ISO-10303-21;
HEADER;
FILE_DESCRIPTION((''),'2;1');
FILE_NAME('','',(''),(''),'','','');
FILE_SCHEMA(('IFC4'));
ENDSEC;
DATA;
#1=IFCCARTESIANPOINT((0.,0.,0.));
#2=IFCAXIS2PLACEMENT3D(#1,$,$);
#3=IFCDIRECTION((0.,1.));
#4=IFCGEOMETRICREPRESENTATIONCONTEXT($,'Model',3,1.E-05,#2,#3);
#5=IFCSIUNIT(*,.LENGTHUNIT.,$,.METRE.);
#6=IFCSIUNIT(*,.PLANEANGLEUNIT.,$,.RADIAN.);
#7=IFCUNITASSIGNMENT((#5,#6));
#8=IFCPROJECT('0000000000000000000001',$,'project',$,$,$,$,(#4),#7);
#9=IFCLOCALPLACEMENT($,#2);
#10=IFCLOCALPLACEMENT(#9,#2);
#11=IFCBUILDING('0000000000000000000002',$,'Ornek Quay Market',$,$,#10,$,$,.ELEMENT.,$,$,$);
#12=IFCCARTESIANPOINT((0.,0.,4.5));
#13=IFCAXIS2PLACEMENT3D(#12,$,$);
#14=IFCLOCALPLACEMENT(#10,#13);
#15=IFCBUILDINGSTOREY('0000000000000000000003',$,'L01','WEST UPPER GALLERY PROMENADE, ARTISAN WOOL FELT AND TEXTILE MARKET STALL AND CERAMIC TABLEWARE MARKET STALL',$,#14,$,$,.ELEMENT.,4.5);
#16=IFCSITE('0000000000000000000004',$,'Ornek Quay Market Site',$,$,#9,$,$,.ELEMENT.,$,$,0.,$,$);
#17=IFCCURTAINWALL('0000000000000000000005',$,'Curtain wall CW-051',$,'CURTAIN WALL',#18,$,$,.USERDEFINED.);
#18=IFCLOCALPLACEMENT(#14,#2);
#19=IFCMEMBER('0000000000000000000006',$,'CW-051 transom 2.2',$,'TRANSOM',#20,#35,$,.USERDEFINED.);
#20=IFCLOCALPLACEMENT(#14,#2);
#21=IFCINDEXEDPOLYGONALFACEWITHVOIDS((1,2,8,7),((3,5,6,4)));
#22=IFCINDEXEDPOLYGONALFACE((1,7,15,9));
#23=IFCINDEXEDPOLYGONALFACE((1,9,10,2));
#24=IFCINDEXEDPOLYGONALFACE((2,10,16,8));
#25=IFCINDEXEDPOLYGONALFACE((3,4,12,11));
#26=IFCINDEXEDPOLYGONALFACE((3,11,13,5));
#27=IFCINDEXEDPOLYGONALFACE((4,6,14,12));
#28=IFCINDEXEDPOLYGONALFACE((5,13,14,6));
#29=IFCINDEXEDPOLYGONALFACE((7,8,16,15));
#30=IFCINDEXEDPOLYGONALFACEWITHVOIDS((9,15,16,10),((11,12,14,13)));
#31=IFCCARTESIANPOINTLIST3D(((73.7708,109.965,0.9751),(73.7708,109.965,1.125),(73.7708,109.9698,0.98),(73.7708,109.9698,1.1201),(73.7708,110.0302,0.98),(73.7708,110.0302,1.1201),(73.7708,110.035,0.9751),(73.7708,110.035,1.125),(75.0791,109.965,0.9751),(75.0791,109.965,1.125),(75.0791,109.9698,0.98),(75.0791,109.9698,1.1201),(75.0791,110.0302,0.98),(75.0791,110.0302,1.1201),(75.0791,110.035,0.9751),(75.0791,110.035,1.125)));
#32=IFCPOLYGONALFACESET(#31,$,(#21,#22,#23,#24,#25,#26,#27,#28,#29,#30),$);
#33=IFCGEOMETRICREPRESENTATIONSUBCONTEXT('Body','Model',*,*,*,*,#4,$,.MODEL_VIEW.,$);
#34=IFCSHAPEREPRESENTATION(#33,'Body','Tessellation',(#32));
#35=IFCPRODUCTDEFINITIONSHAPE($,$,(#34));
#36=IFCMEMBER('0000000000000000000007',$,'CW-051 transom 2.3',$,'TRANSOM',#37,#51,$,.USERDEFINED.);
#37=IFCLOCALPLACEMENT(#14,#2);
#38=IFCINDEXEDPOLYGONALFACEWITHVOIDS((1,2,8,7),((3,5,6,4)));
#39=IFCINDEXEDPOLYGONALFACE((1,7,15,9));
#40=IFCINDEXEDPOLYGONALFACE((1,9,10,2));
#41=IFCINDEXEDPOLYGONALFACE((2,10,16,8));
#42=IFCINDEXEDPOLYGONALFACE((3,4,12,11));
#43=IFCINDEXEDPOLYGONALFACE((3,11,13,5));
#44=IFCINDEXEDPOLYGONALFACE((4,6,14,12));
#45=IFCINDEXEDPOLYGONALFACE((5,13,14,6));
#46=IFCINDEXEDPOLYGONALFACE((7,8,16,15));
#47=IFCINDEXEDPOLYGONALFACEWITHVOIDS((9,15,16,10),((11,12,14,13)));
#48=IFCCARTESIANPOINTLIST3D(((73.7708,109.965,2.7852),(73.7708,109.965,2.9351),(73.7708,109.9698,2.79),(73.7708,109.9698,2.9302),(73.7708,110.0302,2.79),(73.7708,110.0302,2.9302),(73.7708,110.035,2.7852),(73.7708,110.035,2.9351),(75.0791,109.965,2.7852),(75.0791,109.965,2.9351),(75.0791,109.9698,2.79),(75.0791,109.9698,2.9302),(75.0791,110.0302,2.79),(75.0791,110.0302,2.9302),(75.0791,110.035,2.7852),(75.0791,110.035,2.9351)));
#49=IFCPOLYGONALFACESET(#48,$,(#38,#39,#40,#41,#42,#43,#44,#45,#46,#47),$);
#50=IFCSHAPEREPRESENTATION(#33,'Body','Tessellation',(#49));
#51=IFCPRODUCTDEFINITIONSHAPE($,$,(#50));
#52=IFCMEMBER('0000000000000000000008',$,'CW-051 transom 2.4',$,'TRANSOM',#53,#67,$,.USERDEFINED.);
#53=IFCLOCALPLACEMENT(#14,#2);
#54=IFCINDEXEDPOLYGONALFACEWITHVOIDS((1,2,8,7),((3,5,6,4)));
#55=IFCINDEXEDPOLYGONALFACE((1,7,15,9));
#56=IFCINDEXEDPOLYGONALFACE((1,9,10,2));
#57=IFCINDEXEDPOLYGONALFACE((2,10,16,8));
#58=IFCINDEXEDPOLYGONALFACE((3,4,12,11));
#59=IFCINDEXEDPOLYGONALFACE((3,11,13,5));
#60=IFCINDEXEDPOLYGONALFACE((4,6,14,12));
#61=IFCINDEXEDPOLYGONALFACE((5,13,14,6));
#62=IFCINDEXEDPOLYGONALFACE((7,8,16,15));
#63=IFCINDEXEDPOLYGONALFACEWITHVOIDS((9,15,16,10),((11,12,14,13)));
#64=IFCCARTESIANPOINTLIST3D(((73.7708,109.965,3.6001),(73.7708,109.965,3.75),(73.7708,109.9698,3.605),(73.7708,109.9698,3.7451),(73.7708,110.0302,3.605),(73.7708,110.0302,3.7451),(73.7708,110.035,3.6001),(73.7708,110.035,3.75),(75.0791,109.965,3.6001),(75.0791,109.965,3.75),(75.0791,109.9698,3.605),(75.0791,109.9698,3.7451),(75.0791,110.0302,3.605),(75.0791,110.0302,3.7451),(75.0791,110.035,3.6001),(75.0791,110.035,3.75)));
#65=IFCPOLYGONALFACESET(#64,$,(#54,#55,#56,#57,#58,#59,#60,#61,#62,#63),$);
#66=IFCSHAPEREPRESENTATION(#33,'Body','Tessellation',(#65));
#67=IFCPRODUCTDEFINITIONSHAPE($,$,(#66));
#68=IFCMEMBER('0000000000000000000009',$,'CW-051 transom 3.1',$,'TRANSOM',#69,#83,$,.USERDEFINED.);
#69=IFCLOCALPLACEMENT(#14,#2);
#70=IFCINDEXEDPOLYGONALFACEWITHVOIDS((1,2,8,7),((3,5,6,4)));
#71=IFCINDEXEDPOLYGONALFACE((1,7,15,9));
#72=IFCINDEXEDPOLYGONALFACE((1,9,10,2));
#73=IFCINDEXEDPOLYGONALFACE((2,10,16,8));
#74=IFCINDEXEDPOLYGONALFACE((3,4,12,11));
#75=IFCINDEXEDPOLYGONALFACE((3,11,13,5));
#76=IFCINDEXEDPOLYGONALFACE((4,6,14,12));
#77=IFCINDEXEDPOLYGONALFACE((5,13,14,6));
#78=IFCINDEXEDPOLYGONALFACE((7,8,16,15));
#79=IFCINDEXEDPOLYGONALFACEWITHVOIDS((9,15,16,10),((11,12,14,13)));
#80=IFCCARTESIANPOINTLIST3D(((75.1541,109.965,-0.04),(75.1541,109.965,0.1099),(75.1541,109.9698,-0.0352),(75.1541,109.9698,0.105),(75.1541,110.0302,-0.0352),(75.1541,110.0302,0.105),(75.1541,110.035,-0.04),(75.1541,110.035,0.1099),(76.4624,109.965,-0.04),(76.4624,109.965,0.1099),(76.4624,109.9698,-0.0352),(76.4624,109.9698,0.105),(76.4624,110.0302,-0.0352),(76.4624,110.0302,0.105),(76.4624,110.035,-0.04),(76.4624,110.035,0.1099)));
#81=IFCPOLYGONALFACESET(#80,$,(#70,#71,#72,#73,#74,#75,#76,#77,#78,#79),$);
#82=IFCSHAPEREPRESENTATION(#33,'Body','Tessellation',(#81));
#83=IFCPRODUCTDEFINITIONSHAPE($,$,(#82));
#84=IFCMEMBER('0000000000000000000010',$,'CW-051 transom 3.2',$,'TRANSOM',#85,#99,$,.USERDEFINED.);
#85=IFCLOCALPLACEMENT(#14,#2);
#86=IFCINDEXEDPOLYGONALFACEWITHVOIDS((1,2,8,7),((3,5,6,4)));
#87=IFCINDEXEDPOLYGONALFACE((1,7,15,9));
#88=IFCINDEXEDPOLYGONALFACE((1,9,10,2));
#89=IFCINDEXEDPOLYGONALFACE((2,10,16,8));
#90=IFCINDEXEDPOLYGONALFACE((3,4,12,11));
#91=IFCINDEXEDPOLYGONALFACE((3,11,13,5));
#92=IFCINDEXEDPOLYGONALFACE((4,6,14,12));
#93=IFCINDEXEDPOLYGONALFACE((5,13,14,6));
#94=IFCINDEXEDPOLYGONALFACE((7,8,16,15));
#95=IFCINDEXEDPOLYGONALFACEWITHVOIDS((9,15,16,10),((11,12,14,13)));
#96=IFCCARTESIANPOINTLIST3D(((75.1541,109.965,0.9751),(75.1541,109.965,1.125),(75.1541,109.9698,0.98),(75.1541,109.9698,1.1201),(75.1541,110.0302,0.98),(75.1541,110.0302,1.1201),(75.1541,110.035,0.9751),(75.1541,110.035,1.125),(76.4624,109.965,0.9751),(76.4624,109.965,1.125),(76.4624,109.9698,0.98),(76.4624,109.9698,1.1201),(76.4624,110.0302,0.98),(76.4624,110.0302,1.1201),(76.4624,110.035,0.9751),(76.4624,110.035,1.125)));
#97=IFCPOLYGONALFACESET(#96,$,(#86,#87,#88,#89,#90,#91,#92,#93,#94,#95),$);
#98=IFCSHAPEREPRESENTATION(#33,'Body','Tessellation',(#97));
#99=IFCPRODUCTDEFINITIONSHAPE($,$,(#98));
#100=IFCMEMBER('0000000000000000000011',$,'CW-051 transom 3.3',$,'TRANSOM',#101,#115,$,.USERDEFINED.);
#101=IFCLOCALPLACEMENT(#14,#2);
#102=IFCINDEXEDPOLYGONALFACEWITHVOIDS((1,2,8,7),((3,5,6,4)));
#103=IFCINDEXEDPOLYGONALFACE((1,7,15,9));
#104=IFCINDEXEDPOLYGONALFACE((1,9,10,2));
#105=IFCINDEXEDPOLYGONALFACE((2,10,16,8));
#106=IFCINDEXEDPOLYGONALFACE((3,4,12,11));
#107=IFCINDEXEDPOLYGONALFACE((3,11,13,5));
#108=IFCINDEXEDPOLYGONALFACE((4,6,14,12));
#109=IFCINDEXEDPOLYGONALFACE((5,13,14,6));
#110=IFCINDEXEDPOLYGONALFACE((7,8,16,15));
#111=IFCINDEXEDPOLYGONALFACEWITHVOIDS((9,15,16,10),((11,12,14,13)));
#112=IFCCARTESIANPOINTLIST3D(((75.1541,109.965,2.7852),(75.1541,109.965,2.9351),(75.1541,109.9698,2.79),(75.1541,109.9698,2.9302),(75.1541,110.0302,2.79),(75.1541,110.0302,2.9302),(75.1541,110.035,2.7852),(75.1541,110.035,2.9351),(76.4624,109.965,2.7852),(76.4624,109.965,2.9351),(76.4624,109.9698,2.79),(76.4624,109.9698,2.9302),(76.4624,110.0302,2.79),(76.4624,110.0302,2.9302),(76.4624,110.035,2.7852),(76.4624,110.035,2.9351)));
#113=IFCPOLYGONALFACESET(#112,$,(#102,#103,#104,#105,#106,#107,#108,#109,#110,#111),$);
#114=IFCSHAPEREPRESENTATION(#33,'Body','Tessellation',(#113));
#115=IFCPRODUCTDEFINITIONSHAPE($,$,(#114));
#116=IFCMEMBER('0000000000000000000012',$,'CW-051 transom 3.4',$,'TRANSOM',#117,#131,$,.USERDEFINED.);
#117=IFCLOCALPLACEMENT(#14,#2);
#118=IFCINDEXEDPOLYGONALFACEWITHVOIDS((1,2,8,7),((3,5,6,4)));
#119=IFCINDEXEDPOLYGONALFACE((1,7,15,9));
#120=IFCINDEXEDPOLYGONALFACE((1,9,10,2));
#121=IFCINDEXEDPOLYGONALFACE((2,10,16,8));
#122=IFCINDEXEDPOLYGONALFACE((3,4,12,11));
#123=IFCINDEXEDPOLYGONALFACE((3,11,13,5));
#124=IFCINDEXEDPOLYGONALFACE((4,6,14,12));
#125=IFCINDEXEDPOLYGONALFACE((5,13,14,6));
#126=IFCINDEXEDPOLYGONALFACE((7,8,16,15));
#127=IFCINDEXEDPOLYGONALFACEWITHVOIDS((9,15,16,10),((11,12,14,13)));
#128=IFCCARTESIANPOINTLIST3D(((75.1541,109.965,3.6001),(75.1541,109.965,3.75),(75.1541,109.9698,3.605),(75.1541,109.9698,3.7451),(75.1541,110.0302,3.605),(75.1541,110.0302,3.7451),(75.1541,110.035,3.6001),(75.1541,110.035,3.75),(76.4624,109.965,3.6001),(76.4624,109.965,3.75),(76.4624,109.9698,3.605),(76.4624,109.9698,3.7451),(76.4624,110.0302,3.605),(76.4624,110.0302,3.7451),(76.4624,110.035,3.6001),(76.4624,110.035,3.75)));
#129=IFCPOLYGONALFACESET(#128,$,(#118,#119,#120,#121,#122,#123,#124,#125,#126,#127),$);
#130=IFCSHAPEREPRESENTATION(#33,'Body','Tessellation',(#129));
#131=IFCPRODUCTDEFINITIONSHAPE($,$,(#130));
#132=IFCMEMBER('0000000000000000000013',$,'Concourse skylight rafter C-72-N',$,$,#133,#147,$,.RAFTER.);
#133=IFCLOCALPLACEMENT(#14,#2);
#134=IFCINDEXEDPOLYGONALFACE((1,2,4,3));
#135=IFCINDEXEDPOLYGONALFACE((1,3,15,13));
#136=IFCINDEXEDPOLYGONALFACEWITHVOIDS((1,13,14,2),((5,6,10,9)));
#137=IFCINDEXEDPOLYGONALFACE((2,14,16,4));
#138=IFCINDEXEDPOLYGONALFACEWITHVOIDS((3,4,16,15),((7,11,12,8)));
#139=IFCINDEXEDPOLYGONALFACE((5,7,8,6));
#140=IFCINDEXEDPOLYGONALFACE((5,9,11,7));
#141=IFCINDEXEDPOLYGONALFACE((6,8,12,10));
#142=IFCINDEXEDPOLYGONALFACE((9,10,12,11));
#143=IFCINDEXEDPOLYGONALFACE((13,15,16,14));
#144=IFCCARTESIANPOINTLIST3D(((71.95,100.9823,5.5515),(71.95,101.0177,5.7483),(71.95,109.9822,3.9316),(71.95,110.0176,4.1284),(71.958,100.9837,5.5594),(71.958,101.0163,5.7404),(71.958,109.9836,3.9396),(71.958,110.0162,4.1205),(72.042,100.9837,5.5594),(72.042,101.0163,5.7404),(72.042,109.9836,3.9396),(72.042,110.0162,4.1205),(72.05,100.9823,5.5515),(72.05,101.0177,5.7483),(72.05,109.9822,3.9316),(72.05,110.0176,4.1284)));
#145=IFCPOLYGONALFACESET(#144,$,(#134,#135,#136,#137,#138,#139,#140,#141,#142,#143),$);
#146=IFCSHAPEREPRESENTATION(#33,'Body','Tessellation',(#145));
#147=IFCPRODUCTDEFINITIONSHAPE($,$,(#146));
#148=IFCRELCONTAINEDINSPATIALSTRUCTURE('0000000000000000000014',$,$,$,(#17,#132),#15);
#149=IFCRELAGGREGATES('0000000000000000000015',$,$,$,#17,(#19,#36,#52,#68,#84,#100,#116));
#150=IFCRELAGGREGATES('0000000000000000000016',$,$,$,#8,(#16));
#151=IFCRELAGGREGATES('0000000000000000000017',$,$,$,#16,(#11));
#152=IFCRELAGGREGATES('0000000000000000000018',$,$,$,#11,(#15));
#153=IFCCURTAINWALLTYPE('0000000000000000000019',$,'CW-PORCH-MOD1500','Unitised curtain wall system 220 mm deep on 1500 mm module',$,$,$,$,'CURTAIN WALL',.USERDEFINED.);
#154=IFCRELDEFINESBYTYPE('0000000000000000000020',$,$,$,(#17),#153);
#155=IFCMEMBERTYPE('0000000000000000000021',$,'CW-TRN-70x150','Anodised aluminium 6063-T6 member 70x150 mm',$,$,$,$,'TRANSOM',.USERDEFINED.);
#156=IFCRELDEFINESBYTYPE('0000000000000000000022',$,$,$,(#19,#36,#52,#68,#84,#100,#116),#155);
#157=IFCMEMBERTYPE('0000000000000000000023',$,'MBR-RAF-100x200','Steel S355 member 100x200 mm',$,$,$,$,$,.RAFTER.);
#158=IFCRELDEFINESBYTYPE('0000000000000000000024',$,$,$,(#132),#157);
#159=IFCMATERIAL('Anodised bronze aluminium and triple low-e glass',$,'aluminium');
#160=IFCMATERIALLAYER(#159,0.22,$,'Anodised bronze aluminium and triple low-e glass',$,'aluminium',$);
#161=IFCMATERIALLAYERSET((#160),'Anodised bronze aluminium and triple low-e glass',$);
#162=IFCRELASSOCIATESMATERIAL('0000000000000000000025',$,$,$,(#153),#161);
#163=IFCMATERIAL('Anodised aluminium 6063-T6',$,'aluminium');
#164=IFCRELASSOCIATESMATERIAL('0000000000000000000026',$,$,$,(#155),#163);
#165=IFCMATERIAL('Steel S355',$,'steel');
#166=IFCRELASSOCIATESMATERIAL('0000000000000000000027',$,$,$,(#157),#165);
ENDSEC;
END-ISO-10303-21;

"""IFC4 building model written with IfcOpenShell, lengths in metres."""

from ifc_helpers import new_model, si_unit, direction, frame, origin, origin_2d, place, context, subcontext, project, spatial, hollow_rectangle, extrude, material, layer, layer_set, material_profile, profile_set, type_object, element, aggregate, save


model = new_model("IFC4")

# Units and contexts
model_context = context("Model", 3, precision=1e-05, world=origin(), true_north=direction((0.0, 1.0)))
body_context = subcontext(model_context, "Body", "Model", "MODEL_VIEW")
ifc_project = project(units=[si_unit("LENGTHUNIT", "METRE"), si_unit("PLANEANGLEUNIT", "RADIAN")], contexts=[model_context])

# Site, building, storey
site_placement = place(None, origin())
site = spatial("IfcSite", under=ifc_project, at=site_placement, Name="Ornek Quay Market Site", CompositionType="ELEMENT", RefElevation=0.0)
building_placement = place(site_placement, origin())
building = spatial("IfcBuilding", under=site, at=building_placement, Name="Ornek Quay Market", CompositionType="ELEMENT")
storey_placement = place(building_placement, frame((0.0, 0.0, 4.5)))
storey = spatial("IfcBuildingStorey", under=building, at=storey_placement, Name="L01", Description="WEST UPPER GALLERY PROMENADE, ARTISAN WOOL FELT AND TEXTILE MARKET STALL AND CERAMIC TABLEWARE MARKET STALL", CompositionType="ELEMENT", Elevation=4.5)

# Curtain wall, members
ifc_material_1 = material(Name="Anodised bronze aluminium and triple low-e glass", Category="aluminium")
ifc_layer_1 = layer(ifc_material_1, 0.22, Name="Anodised bronze aluminium and triple low-e glass", Category="aluminium")
ifc_layer_set_1 = layer_set([ifc_layer_1], Name="Anodised bronze aluminium and triple low-e glass")
curtain_wall_type = type_object("IfcCurtainWallType", Name="CW-PORCH-MOD1500", Description="Unitised curtain wall system 220 mm deep on 1500 mm module", ElementType="CURTAIN WALL", PredefinedType="USERDEFINED", material=ifc_layer_set_1)
curtain_wall_placement = place(storey_placement, origin())
curtain_wall = element("IfcCurtainWall", 1, at=curtain_wall_placement, inside=storey, type_object=curtain_wall_type, Name="Curtain wall CW-051", ObjectType="CURTAIN WALL", PredefinedType="USERDEFINED")
ifc_material_2 = material(Name="Anodised aluminium 6063-T6", Category="aluminium")
ifc_material_profile_1 = material_profile(ifc_material_2, hollow_rectangle(XDim=0.0701, YDim=0.1499, WallThickness=0.0049, at=origin_2d()), Name="CW-TRN-70x150", Category="aluminium")
ifc_profile_set_1 = profile_set([ifc_material_profile_1], Name="Anodised aluminium 6063-T6")
member_type_1 = type_object("IfcMemberType", Name="CW-TRN-70x150", Description="Anodised aluminium 6063-T6 member 70x150 mm", ElementType="TRANSOM", PredefinedType="USERDEFINED", material=ifc_profile_set_1)
member_1_placement = place(storey_placement, frame((73.7708, 110.0, 1.05), z_axis=(1.0, 0.0, 0.0), x_axis=(0.0, 1.0, 0.0)))
member_1 = element("IfcMember", 2, at=member_1_placement, type_object=member_type_1, Name="CW-051 transom 2.2", ObjectType="TRANSOM", PredefinedType="USERDEFINED", context=body_context, shape_type="SweptSolid", body=[
    extrude(hollow_rectangle(XDim=0.0701, YDim=0.1499, WallThickness=0.0049, at=origin_2d()), origin(), (0.0, 0.0, 1.0), 1.3083),
])
member_2_placement = place(storey_placement, frame((73.7708, 110.0, 2.8601), z_axis=(1.0, 0.0, 0.0), x_axis=(0.0, 1.0, 0.0)))
member_2 = element("IfcMember", 3, at=member_2_placement, type_object=member_type_1, Name="CW-051 transom 2.3", ObjectType="TRANSOM", PredefinedType="USERDEFINED", context=body_context, shape_type="SweptSolid", body=[
    extrude(hollow_rectangle(XDim=0.0701, YDim=0.1499, WallThickness=0.0049, at=origin_2d()), origin(), (0.0, 0.0, 1.0), 1.3083),
])
member_3_placement = place(storey_placement, frame((73.7708, 110.0, 3.675), z_axis=(1.0, 0.0, 0.0), x_axis=(0.0, 1.0, 0.0)))
member_3 = element("IfcMember", 4, at=member_3_placement, type_object=member_type_1, Name="CW-051 transom 2.4", ObjectType="TRANSOM", PredefinedType="USERDEFINED", context=body_context, shape_type="SweptSolid", body=[
    extrude(hollow_rectangle(XDim=0.0701, YDim=0.1499, WallThickness=0.0049, at=origin_2d()), origin(), (0.0, 0.0, 1.0), 1.3083),
])
member_4_placement = place(storey_placement, frame((75.1541, 110.0, 0.0349), z_axis=(1.0, 0.0, 0.0), x_axis=(0.0, 1.0, 0.0)))
member_4 = element("IfcMember", 5, at=member_4_placement, type_object=member_type_1, Name="CW-051 transom 3.1", ObjectType="TRANSOM", PredefinedType="USERDEFINED", context=body_context, shape_type="SweptSolid", body=[
    extrude(hollow_rectangle(XDim=0.0701, YDim=0.1499, WallThickness=0.0049, at=origin_2d()), origin(), (0.0, 0.0, 1.0), 1.3083),
])
member_5_placement = place(storey_placement, frame((75.1541, 110.0, 1.05), z_axis=(1.0, 0.0, 0.0), x_axis=(0.0, 1.0, 0.0)))
member_5 = element("IfcMember", 6, at=member_5_placement, type_object=member_type_1, Name="CW-051 transom 3.2", ObjectType="TRANSOM", PredefinedType="USERDEFINED", context=body_context, shape_type="SweptSolid", body=[
    extrude(hollow_rectangle(XDim=0.0701, YDim=0.1499, WallThickness=0.0049, at=origin_2d()), origin(), (0.0, 0.0, 1.0), 1.3083),
])
member_6_placement = place(storey_placement, frame((75.1541, 110.0, 2.8601), z_axis=(1.0, 0.0, 0.0), x_axis=(0.0, 1.0, 0.0)))
member_6 = element("IfcMember", 7, at=member_6_placement, type_object=member_type_1, Name="CW-051 transom 3.3", ObjectType="TRANSOM", PredefinedType="USERDEFINED", context=body_context, shape_type="SweptSolid", body=[
    extrude(hollow_rectangle(XDim=0.0701, YDim=0.1499, WallThickness=0.0049, at=origin_2d()), origin(), (0.0, 0.0, 1.0), 1.3083),
])
member_7_placement = place(storey_placement, frame((75.1541, 110.0, 3.675), z_axis=(1.0, 0.0, 0.0), x_axis=(0.0, 1.0, 0.0)))
member_7 = element("IfcMember", 8, at=member_7_placement, type_object=member_type_1, Name="CW-051 transom 3.4", ObjectType="TRANSOM", PredefinedType="USERDEFINED", context=body_context, shape_type="SweptSolid", body=[
    extrude(hollow_rectangle(XDim=0.0701, YDim=0.1499, WallThickness=0.0049, at=origin_2d()), origin(), (0.0, 0.0, 1.0), 1.3083),
])

# Member
ifc_material_3 = material(Name="Steel S355", Category="steel")
ifc_material_profile_2 = material_profile(ifc_material_3, hollow_rectangle(XDim=0.1001, YDim=0.2, WallThickness=0.0081, at=origin_2d()), Name="MBR-RAF-100x200", Category="steel")
ifc_profile_set_2 = profile_set([ifc_material_profile_2], Name="Steel S355")
member_type_2 = type_object("IfcMemberType", Name="MBR-RAF-100x200", Description="Steel S355 member 100x200 mm", PredefinedType="RAFTER", material=ifc_profile_set_2)
member_8_placement = place(storey_placement, frame((72.0, 101.0, 5.6499), z_axis=(0.0, 0.984186, -0.17714), x_axis=(-1.0, 0.0, 0.0)))
element("IfcMember", 9, at=member_8_placement, inside=storey, type_object=member_type_2, Name="Concourse skylight rafter C-72-N", PredefinedType="RAFTER", context=body_context, shape_type="SweptSolid", body=[
    extrude(hollow_rectangle(XDim=0.1001, YDim=0.2, WallThickness=0.0081, at=origin_2d()), origin(), (0.0, 0.0, 1.0), 9.1445),
])

aggregate(curtain_wall, [member_1, member_2, member_3, member_4, member_5, member_6, member_7])

save(model, "model.ifc")
